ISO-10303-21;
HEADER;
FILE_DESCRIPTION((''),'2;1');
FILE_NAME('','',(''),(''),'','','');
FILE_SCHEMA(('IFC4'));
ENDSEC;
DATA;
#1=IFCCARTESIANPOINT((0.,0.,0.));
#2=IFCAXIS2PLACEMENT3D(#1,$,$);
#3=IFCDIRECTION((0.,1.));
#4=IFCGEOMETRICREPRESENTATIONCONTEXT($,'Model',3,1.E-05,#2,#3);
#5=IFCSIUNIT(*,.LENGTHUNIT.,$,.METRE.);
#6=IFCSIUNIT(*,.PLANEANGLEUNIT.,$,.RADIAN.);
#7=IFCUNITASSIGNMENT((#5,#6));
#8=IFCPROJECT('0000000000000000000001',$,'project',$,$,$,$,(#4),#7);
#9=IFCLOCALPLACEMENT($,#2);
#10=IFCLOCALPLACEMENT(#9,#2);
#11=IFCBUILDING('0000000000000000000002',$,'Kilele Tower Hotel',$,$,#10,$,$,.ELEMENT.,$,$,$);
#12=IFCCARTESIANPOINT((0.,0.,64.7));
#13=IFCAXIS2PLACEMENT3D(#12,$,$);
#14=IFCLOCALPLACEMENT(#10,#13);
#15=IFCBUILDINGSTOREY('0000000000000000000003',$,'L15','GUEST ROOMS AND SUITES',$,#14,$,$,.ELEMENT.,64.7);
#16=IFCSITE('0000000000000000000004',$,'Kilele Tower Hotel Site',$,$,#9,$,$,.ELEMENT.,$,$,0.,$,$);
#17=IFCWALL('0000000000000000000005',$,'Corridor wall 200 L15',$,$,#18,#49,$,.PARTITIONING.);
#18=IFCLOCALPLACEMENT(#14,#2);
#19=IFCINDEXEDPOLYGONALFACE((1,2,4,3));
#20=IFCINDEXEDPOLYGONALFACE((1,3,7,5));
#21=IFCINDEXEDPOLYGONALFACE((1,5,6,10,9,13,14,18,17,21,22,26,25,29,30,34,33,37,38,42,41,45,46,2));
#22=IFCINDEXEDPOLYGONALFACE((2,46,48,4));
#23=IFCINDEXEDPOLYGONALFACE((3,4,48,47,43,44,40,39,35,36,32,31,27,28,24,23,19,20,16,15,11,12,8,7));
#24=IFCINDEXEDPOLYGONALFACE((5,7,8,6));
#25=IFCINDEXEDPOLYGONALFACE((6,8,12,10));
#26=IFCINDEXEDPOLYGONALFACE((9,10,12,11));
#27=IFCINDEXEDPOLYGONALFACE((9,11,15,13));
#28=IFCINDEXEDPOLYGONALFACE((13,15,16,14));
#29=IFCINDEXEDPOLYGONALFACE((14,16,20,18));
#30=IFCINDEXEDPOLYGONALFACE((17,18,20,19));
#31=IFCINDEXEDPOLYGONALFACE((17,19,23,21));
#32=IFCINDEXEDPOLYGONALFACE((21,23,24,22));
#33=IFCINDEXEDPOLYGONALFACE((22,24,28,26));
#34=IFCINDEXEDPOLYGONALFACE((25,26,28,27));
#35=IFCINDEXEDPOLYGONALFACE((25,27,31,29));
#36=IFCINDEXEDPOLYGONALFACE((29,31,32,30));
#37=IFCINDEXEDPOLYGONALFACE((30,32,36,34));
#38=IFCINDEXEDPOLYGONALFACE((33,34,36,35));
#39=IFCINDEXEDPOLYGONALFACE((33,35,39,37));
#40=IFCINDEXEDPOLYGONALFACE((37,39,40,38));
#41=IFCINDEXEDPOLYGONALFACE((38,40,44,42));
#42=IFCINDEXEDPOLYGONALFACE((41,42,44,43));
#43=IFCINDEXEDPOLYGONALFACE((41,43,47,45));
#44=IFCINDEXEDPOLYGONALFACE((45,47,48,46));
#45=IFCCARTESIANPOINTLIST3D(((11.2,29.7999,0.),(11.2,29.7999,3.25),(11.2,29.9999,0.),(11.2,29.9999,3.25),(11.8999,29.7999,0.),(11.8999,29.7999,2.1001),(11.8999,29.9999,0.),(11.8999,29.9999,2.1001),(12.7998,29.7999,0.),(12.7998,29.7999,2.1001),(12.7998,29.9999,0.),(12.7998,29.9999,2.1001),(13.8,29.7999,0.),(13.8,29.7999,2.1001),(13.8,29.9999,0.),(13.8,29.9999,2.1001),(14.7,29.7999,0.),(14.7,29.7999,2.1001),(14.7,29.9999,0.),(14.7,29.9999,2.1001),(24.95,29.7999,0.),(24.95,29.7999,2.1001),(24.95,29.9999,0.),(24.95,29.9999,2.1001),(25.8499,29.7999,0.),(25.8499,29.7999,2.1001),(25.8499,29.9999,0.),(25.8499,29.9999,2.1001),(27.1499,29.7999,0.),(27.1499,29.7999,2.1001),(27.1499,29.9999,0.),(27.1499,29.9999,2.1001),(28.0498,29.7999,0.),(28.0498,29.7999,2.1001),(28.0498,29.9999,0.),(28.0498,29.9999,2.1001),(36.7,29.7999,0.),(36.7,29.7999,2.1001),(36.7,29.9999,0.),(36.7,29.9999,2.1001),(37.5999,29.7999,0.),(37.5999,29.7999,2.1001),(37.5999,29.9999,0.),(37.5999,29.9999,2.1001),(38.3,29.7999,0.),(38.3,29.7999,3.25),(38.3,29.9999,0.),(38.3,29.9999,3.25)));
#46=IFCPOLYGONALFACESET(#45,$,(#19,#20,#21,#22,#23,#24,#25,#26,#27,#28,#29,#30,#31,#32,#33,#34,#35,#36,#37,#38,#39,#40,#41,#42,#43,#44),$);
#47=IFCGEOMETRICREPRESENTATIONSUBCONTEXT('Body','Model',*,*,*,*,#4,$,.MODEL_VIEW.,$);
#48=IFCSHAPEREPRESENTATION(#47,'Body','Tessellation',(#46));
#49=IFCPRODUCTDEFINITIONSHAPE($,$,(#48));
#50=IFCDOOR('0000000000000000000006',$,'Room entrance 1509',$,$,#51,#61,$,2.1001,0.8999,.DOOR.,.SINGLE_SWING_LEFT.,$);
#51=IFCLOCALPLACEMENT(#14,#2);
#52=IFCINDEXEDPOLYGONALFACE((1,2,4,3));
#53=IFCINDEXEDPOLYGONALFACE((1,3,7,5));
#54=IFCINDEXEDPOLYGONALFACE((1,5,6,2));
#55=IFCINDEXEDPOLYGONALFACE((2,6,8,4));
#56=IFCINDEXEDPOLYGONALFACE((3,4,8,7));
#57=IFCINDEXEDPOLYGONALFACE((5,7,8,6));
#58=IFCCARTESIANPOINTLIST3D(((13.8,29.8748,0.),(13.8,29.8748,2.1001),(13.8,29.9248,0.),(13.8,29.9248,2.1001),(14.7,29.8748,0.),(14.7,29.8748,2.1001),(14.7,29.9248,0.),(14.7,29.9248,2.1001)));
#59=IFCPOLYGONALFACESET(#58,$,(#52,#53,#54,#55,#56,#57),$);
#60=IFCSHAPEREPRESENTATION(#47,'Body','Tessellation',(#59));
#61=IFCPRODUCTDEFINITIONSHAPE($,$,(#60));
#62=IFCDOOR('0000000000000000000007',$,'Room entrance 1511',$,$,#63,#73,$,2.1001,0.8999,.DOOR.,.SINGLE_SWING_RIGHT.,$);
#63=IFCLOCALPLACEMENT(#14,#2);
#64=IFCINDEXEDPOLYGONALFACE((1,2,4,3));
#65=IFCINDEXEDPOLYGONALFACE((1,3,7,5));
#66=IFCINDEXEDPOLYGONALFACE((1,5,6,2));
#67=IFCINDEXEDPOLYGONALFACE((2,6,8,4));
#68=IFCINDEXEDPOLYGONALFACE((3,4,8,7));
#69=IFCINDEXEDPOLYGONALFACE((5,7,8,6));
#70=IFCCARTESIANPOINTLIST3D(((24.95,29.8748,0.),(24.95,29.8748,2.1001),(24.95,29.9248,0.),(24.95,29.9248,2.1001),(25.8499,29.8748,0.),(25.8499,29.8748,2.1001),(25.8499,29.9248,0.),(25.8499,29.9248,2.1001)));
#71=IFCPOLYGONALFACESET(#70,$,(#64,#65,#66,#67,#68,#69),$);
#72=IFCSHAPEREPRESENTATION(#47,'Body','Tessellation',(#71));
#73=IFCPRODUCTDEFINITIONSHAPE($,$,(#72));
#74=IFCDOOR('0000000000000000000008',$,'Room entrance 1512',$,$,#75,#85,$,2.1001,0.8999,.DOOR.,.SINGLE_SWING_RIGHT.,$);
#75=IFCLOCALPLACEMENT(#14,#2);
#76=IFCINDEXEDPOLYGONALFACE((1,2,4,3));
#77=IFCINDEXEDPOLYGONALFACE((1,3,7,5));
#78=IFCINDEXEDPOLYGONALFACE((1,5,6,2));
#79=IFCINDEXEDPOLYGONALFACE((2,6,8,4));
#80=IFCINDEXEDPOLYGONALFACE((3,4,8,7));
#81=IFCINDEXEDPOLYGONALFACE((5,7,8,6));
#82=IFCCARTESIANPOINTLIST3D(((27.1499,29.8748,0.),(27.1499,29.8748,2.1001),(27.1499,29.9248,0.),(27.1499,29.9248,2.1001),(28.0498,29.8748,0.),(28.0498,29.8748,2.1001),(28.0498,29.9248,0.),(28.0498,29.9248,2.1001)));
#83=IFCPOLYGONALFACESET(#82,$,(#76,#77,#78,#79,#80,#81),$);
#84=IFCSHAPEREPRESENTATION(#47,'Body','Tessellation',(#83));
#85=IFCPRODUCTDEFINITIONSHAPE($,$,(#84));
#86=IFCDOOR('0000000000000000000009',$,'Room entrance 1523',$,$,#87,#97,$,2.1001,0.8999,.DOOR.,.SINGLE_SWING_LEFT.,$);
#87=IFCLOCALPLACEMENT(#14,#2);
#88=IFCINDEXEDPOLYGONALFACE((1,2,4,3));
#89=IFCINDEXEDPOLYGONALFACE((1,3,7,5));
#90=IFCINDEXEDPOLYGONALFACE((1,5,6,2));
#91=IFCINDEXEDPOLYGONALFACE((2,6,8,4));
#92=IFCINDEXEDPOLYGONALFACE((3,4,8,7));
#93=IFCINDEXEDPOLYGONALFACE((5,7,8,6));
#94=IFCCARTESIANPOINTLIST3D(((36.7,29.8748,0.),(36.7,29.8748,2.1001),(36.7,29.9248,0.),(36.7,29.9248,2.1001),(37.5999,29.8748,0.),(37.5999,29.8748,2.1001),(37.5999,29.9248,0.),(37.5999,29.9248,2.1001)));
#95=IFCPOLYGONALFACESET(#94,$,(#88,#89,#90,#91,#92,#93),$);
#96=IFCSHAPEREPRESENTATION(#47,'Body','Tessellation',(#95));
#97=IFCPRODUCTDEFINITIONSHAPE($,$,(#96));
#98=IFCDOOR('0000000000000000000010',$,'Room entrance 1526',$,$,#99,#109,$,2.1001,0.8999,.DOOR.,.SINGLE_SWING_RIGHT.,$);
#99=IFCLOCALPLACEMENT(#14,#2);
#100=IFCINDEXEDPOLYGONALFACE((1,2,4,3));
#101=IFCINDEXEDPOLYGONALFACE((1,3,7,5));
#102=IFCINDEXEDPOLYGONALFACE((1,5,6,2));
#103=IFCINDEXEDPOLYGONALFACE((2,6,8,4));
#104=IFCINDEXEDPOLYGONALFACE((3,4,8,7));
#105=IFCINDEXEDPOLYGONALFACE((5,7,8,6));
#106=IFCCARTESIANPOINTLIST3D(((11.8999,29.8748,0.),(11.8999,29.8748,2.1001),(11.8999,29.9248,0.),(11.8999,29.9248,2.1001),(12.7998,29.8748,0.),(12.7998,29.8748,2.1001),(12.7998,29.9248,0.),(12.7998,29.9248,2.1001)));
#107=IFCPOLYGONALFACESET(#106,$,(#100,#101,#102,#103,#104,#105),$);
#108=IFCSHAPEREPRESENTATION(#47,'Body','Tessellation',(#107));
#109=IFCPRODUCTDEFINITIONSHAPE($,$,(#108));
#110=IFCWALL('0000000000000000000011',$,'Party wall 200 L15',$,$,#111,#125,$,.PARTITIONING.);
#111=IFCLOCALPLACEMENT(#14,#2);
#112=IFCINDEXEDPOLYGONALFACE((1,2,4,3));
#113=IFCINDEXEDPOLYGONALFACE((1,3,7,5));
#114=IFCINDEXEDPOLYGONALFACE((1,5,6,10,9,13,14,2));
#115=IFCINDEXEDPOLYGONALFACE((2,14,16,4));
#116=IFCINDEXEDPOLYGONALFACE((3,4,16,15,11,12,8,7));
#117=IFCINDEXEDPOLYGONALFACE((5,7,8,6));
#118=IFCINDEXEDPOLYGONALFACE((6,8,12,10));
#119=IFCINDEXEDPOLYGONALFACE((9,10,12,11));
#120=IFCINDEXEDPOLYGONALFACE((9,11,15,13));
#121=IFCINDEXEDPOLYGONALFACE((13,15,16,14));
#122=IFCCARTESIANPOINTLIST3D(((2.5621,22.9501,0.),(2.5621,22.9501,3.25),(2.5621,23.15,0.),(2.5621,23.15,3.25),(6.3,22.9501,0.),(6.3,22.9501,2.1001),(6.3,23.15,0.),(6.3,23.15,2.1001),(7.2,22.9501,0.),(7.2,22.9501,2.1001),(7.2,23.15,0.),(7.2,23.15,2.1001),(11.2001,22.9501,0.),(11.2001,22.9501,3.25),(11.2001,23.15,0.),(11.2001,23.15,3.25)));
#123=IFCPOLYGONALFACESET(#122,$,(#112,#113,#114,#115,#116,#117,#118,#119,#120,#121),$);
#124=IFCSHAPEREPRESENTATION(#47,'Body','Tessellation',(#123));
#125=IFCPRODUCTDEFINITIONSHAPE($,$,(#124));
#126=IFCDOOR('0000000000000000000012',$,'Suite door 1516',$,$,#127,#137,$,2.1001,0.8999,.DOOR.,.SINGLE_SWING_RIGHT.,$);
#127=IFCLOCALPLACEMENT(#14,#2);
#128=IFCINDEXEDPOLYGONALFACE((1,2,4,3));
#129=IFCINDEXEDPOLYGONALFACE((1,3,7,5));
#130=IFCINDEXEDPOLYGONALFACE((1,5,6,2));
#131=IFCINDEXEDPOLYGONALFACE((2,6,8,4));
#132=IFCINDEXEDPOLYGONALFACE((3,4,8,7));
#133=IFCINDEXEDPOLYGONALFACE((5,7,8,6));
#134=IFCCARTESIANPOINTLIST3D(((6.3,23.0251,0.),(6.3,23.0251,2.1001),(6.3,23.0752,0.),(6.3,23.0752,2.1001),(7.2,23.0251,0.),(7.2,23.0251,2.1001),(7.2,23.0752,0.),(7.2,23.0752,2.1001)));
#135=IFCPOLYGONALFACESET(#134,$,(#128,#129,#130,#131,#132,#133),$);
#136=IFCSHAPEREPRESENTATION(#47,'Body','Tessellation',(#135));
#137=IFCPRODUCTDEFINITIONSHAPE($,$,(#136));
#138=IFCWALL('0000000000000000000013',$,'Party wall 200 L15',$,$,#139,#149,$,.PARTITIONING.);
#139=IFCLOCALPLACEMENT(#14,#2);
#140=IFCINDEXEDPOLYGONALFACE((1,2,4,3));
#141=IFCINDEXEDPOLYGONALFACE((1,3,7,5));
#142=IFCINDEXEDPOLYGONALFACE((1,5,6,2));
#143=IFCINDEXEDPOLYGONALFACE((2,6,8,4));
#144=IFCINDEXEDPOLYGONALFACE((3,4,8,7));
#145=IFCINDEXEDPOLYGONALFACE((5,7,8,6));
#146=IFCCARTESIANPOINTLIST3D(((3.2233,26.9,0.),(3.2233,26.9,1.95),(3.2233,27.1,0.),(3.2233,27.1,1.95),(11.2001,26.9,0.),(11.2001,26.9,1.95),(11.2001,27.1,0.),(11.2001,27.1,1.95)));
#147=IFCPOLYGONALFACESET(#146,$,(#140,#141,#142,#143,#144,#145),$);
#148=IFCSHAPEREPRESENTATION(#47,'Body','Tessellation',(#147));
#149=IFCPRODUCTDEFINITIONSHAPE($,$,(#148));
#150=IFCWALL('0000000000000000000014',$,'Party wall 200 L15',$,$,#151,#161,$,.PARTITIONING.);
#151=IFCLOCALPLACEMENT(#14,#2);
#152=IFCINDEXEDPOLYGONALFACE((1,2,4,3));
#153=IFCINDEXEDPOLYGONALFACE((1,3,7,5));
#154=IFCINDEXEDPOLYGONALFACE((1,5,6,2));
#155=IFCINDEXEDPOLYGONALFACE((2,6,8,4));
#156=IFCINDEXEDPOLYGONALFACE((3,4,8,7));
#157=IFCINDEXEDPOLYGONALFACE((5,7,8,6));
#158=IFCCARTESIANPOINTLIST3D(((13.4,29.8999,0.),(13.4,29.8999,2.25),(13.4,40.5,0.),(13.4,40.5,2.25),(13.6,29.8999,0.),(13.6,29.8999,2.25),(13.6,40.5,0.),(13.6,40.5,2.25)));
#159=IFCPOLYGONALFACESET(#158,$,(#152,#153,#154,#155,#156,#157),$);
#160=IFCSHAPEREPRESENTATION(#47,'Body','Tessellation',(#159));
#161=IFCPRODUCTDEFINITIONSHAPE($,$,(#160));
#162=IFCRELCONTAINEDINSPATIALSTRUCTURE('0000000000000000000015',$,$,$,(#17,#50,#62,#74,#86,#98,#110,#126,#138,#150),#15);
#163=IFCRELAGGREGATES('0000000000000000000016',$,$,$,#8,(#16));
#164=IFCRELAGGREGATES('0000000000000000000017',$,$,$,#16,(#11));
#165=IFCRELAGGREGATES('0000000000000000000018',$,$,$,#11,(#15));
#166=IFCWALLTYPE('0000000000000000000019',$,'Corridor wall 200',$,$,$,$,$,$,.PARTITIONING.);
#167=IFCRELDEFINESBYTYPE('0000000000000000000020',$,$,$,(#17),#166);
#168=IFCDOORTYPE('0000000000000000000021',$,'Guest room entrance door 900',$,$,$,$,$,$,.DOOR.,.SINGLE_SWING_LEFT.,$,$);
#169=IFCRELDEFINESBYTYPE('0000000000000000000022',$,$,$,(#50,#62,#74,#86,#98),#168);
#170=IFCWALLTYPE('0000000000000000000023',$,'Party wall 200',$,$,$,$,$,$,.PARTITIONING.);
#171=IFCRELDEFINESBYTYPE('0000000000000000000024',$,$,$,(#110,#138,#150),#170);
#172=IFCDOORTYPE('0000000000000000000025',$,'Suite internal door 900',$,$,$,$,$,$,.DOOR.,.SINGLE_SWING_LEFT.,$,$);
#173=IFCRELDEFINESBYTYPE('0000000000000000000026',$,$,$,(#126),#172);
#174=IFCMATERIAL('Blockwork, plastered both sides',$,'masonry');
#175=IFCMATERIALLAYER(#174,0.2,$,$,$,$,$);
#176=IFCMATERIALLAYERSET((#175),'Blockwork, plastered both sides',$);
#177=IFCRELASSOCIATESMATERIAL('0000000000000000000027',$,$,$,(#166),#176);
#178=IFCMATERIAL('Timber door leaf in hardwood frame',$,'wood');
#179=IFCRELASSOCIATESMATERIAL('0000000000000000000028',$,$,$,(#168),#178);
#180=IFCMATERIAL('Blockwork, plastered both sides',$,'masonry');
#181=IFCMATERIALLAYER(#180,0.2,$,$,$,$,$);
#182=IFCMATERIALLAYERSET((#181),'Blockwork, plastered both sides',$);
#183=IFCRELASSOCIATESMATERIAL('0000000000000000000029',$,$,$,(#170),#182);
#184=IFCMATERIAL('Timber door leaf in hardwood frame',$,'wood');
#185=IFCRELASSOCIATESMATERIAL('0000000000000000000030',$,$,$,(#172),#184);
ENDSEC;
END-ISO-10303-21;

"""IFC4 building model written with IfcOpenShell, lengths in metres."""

from ifc_helpers import new_model, si_unit, direction, frame, frame_2d, origin, place, context, subcontext, project, spatial, rectangle, extrude, material, layer, layer_set, type_object, element, fill, save


model = new_model("IFC4")

# Units and contexts
model_context = context("Model", 3, precision=1e-05, world=origin(), true_north=direction((0.0, 1.0)))
body_context = subcontext(model_context, "Body", "Model", "MODEL_VIEW")
ifc_project = project(units=[si_unit("LENGTHUNIT", "METRE"), si_unit("PLANEANGLEUNIT", "RADIAN")], contexts=[model_context])

# Site, building, storey
site_placement = place(None, origin())
site = spatial("IfcSite", under=ifc_project, at=site_placement, Name="Kilele Tower Hotel Site", CompositionType="ELEMENT", RefElevation=0.0)
building_placement = place(site_placement, origin())
building = spatial("IfcBuilding", under=site, at=building_placement, Name="Kilele Tower Hotel", CompositionType="ELEMENT")
storey_placement = place(building_placement, frame((0.0, 0.0, 64.7)))
storey = spatial("IfcBuildingStorey", under=building, at=storey_placement, Name="L15", Description="GUEST ROOMS AND SUITES", CompositionType="ELEMENT", Elevation=64.7)

# Wall, openings, doors
ifc_material_1 = material(Name="Blockwork, plastered both sides", Category="masonry")
ifc_layer_1 = layer(ifc_material_1, 0.2)
ifc_layer_set_1 = layer_set([ifc_layer_1], Name="Blockwork, plastered both sides")
wall_type_1 = type_object("IfcWallType", Name="Corridor wall 200", PredefinedType="PARTITIONING", material=ifc_layer_set_1)
wall_1_placement = place(storey_placement, frame((11.2, 29.8999, 0.0), z_axis=(0.0, 0.0, 1.0), x_axis=(1.0, 0.0, 0.0)))
wall_1 = element("IfcWall", 1, at=wall_1_placement, inside=storey, type_object=wall_type_1, Name="Corridor wall 200 L15", PredefinedType="PARTITIONING", context=body_context, shape_type="SweptSolid", body=[
    extrude(rectangle(XDim=27.1001, YDim=0.2, at=frame_2d((13.55, 0.0))), origin(), (0.0, 0.0, 1.0), 3.25),
])
opening_1_placement = place(wall_1_placement, frame((2.6001, 0.0, 0.0)))
opening_1 = element("IfcOpeningElement", 2, at=opening_1_placement, cuts=wall_1, PredefinedType="OPENING", context=body_context, shape_type="SweptSolid", body=[
    extrude(rectangle(XDim=0.8999, YDim=2.1001, at=frame_2d((0.45, 1.05))), frame((0.0, 0.1099, 0.0), z_axis=(0.0, -1.0, 0.0), x_axis=(1.0, 0.0, 0.0)), (0.0, 0.0, 1.0), 0.22),
])
opening_2_placement = place(wall_1_placement, frame((13.75, 0.0, 0.0)))
opening_2 = element("IfcOpeningElement", 3, at=opening_2_placement, cuts=wall_1, PredefinedType="OPENING", context=body_context, shape_type="SweptSolid", body=[
    extrude(rectangle(XDim=0.8999, YDim=2.1001, at=frame_2d((0.45, 1.05))), frame((0.0, 0.1099, 0.0), z_axis=(0.0, -1.0, 0.0), x_axis=(1.0, 0.0, 0.0)), (0.0, 0.0, 1.0), 0.22),
])
opening_3_placement = place(wall_1_placement, frame((15.95, 0.0, 0.0)))
opening_3 = element("IfcOpeningElement", 4, at=opening_3_placement, cuts=wall_1, PredefinedType="OPENING", context=body_context, shape_type="SweptSolid", body=[
    extrude(rectangle(XDim=0.8999, YDim=2.1001, at=frame_2d((0.45, 1.05))), frame((0.0, 0.1099, 0.0), z_axis=(0.0, -1.0, 0.0), x_axis=(1.0, 0.0, 0.0)), (0.0, 0.0, 1.0), 0.22),
])
opening_4_placement = place(wall_1_placement, frame((25.5, 0.0, 0.0)))
opening_4 = element("IfcOpeningElement", 5, at=opening_4_placement, cuts=wall_1, PredefinedType="OPENING", context=body_context, shape_type="SweptSolid", body=[
    extrude(rectangle(XDim=0.8999, YDim=2.1001, at=frame_2d((0.45, 1.05))), frame((0.0, 0.1099, 0.0), z_axis=(0.0, -1.0, 0.0), x_axis=(1.0, 0.0, 0.0)), (0.0, 0.0, 1.0), 0.22),
])
opening_5_placement = place(wall_1_placement, frame((0.7, 0.0, 0.0)))
opening_5 = element("IfcOpeningElement", 6, at=opening_5_placement, cuts=wall_1, PredefinedType="OPENING", context=body_context, shape_type="SweptSolid", body=[
    extrude(rectangle(XDim=0.8999, YDim=2.1001, at=frame_2d((0.45, 1.05))), frame((0.0, 0.1099, 0.0), z_axis=(0.0, -1.0, 0.0), x_axis=(1.0, 0.0, 0.0)), (0.0, 0.0, 1.0), 0.22),
])
ifc_material_2 = material(Name="Timber door leaf in hardwood frame", Category="wood")
door_type_1 = type_object("IfcDoorType", Name="Guest room entrance door 900", OperationType="SINGLE_SWING_LEFT", PredefinedType="DOOR", material=ifc_material_2)
door_1_placement = place(opening_1_placement, origin())
door_1 = element("IfcDoor", 7, at=door_1_placement, inside=storey, type_object=door_type_1, Name="Room entrance 1509", OperationType="SINGLE_SWING_LEFT", OverallHeight=2.1001, OverallWidth=0.8999, PredefinedType="DOOR", context=body_context, shape_type="SweptSolid", body=[
    extrude(rectangle(XDim=0.8999, YDim=2.1001, at=frame_2d((0.45, 1.05))), frame((0.0, 0.0249, 0.0), z_axis=(0.0, -1.0, 0.0), x_axis=(1.0, 0.0, 0.0)), (0.0, 0.0, 1.0), 0.05),
])
fill(opening_1, door_1)
door_2_placement = place(opening_2_placement, origin())
door_2 = element("IfcDoor", 8, at=door_2_placement, inside=storey, type_object=door_type_1, Name="Room entrance 1511", OperationType="SINGLE_SWING_RIGHT", OverallHeight=2.1001, OverallWidth=0.8999, PredefinedType="DOOR", context=body_context, shape_type="SweptSolid", body=[
    extrude(rectangle(XDim=0.8999, YDim=2.1001, at=frame_2d((0.45, 1.05))), frame((0.0, 0.0249, 0.0), z_axis=(0.0, -1.0, 0.0), x_axis=(1.0, 0.0, 0.0)), (0.0, 0.0, 1.0), 0.05),
])
fill(opening_2, door_2)
door_3_placement = place(opening_3_placement, origin())
door_3 = element("IfcDoor", 9, at=door_3_placement, inside=storey, type_object=door_type_1, Name="Room entrance 1512", OperationType="SINGLE_SWING_RIGHT", OverallHeight=2.1001, OverallWidth=0.8999, PredefinedType="DOOR", context=body_context, shape_type="SweptSolid", body=[
    extrude(rectangle(XDim=0.8999, YDim=2.1001, at=frame_2d((0.45, 1.05))), frame((0.0, 0.0249, 0.0), z_axis=(0.0, -1.0, 0.0), x_axis=(1.0, 0.0, 0.0)), (0.0, 0.0, 1.0), 0.05),
])
fill(opening_3, door_3)
door_4_placement = place(opening_4_placement, origin())
door_4 = element("IfcDoor", 10, at=door_4_placement, inside=storey, type_object=door_type_1, Name="Room entrance 1523", OperationType="SINGLE_SWING_LEFT", OverallHeight=2.1001, OverallWidth=0.8999, PredefinedType="DOOR", context=body_context, shape_type="SweptSolid", body=[
    extrude(rectangle(XDim=0.8999, YDim=2.1001, at=frame_2d((0.45, 1.05))), frame((0.0, 0.0249, 0.0), z_axis=(0.0, -1.0, 0.0), x_axis=(1.0, 0.0, 0.0)), (0.0, 0.0, 1.0), 0.05),
])
fill(opening_4, door_4)
door_5_placement = place(opening_5_placement, origin())
door_5 = element("IfcDoor", 11, at=door_5_placement, inside=storey, type_object=door_type_1, Name="Room entrance 1526", OperationType="SINGLE_SWING_RIGHT", OverallHeight=2.1001, OverallWidth=0.8999, PredefinedType="DOOR", context=body_context, shape_type="SweptSolid", body=[
    extrude(rectangle(XDim=0.8999, YDim=2.1001, at=frame_2d((0.45, 1.05))), frame((0.0, 0.0249, 0.0), z_axis=(0.0, -1.0, 0.0), x_axis=(1.0, 0.0, 0.0)), (0.0, 0.0, 1.0), 0.05),
])
fill(opening_5, door_5)

# Wall, opening, door
ifc_material_3 = material(Name="Blockwork, plastered both sides", Category="masonry")
ifc_layer_2 = layer(ifc_material_3, 0.2)
ifc_layer_set_2 = layer_set([ifc_layer_2], Name="Blockwork, plastered both sides")
wall_type_2 = type_object("IfcWallType", Name="Party wall 200", PredefinedType="PARTITIONING", material=ifc_layer_set_2)
wall_2_placement = place(storey_placement, frame((11.2, 23.05, 0.0), z_axis=(0.0, 0.0, 1.0), x_axis=(-1.0, 0.0, 0.0)))
wall_2 = element("IfcWall", 12, at=wall_2_placement, inside=storey, type_object=wall_type_2, Name="Party wall 200 L15", PredefinedType="PARTITIONING", context=body_context, shape_type="SweptSolid", body=[
    extrude(rectangle(XDim=8.6379, YDim=0.2, at=frame_2d((4.3188, 0.0))), origin(), (0.0, 0.0, 1.0), 3.25),
])
opening_6_placement = place(wall_2_placement, frame((4.0, 0.0, 0.0)))
opening_6 = element("IfcOpeningElement", 13, at=opening_6_placement, cuts=wall_2, PredefinedType="OPENING", context=body_context, shape_type="SweptSolid", body=[
    extrude(rectangle(XDim=0.8999, YDim=2.1001, at=frame_2d((0.45, 1.05))), frame((0.0, 0.1099, 0.0), z_axis=(0.0, -1.0, 0.0), x_axis=(1.0, 0.0, 0.0)), (0.0, 0.0, 1.0), 0.22),
])
ifc_material_4 = material(Name="Timber door leaf in hardwood frame", Category="wood")
door_type_2 = type_object("IfcDoorType", Name="Suite internal door 900", OperationType="SINGLE_SWING_LEFT", PredefinedType="DOOR", material=ifc_material_4)
door_6_placement = place(opening_6_placement, origin())
door_6 = element("IfcDoor", 14, at=door_6_placement, inside=storey, type_object=door_type_2, Name="Suite door 1516", OperationType="SINGLE_SWING_RIGHT", OverallHeight=2.1001, OverallWidth=0.8999, PredefinedType="DOOR", context=body_context, shape_type="SweptSolid", body=[
    extrude(rectangle(XDim=0.8999, YDim=2.1001, at=frame_2d((0.45, 1.05))), frame((0.0, 0.0249, 0.0), z_axis=(0.0, -1.0, 0.0), x_axis=(1.0, 0.0, 0.0)), (0.0, 0.0, 1.0), 0.05),
])
fill(opening_6, door_6)

# Walls
wall_3_placement = place(storey_placement, frame((11.2, 27.0, 0.0), z_axis=(0.0, 0.0, 1.0), x_axis=(-1.0, 0.0, 0.0)))
element("IfcWall", 15, at=wall_3_placement, inside=storey, type_object=wall_type_2, Name="Party wall 200 L15", PredefinedType="PARTITIONING", context=body_context, shape_type="SweptSolid", body=[
    extrude(rectangle(XDim=7.9768, YDim=0.2, at=frame_2d((3.9883, 0.0))), origin(), (0.0, 0.0, 1.0), 1.95),
])
wall_4_placement = place(storey_placement, frame((13.5, 29.8999, 0.0), z_axis=(0.0, 0.0, 1.0), x_axis=(0.0, 1.0, 0.0)))
element("IfcWall", 16, at=wall_4_placement, inside=storey, type_object=wall_type_2, Name="Party wall 200 L15", PredefinedType="PARTITIONING", context=body_context, shape_type="SweptSolid", body=[
    extrude(rectangle(XDim=10.6001, YDim=0.2, at=frame_2d((5.3, 0.0))), origin(), (0.0, 0.0, 1.0), 2.25),
])

save(model, "model.ifc")
